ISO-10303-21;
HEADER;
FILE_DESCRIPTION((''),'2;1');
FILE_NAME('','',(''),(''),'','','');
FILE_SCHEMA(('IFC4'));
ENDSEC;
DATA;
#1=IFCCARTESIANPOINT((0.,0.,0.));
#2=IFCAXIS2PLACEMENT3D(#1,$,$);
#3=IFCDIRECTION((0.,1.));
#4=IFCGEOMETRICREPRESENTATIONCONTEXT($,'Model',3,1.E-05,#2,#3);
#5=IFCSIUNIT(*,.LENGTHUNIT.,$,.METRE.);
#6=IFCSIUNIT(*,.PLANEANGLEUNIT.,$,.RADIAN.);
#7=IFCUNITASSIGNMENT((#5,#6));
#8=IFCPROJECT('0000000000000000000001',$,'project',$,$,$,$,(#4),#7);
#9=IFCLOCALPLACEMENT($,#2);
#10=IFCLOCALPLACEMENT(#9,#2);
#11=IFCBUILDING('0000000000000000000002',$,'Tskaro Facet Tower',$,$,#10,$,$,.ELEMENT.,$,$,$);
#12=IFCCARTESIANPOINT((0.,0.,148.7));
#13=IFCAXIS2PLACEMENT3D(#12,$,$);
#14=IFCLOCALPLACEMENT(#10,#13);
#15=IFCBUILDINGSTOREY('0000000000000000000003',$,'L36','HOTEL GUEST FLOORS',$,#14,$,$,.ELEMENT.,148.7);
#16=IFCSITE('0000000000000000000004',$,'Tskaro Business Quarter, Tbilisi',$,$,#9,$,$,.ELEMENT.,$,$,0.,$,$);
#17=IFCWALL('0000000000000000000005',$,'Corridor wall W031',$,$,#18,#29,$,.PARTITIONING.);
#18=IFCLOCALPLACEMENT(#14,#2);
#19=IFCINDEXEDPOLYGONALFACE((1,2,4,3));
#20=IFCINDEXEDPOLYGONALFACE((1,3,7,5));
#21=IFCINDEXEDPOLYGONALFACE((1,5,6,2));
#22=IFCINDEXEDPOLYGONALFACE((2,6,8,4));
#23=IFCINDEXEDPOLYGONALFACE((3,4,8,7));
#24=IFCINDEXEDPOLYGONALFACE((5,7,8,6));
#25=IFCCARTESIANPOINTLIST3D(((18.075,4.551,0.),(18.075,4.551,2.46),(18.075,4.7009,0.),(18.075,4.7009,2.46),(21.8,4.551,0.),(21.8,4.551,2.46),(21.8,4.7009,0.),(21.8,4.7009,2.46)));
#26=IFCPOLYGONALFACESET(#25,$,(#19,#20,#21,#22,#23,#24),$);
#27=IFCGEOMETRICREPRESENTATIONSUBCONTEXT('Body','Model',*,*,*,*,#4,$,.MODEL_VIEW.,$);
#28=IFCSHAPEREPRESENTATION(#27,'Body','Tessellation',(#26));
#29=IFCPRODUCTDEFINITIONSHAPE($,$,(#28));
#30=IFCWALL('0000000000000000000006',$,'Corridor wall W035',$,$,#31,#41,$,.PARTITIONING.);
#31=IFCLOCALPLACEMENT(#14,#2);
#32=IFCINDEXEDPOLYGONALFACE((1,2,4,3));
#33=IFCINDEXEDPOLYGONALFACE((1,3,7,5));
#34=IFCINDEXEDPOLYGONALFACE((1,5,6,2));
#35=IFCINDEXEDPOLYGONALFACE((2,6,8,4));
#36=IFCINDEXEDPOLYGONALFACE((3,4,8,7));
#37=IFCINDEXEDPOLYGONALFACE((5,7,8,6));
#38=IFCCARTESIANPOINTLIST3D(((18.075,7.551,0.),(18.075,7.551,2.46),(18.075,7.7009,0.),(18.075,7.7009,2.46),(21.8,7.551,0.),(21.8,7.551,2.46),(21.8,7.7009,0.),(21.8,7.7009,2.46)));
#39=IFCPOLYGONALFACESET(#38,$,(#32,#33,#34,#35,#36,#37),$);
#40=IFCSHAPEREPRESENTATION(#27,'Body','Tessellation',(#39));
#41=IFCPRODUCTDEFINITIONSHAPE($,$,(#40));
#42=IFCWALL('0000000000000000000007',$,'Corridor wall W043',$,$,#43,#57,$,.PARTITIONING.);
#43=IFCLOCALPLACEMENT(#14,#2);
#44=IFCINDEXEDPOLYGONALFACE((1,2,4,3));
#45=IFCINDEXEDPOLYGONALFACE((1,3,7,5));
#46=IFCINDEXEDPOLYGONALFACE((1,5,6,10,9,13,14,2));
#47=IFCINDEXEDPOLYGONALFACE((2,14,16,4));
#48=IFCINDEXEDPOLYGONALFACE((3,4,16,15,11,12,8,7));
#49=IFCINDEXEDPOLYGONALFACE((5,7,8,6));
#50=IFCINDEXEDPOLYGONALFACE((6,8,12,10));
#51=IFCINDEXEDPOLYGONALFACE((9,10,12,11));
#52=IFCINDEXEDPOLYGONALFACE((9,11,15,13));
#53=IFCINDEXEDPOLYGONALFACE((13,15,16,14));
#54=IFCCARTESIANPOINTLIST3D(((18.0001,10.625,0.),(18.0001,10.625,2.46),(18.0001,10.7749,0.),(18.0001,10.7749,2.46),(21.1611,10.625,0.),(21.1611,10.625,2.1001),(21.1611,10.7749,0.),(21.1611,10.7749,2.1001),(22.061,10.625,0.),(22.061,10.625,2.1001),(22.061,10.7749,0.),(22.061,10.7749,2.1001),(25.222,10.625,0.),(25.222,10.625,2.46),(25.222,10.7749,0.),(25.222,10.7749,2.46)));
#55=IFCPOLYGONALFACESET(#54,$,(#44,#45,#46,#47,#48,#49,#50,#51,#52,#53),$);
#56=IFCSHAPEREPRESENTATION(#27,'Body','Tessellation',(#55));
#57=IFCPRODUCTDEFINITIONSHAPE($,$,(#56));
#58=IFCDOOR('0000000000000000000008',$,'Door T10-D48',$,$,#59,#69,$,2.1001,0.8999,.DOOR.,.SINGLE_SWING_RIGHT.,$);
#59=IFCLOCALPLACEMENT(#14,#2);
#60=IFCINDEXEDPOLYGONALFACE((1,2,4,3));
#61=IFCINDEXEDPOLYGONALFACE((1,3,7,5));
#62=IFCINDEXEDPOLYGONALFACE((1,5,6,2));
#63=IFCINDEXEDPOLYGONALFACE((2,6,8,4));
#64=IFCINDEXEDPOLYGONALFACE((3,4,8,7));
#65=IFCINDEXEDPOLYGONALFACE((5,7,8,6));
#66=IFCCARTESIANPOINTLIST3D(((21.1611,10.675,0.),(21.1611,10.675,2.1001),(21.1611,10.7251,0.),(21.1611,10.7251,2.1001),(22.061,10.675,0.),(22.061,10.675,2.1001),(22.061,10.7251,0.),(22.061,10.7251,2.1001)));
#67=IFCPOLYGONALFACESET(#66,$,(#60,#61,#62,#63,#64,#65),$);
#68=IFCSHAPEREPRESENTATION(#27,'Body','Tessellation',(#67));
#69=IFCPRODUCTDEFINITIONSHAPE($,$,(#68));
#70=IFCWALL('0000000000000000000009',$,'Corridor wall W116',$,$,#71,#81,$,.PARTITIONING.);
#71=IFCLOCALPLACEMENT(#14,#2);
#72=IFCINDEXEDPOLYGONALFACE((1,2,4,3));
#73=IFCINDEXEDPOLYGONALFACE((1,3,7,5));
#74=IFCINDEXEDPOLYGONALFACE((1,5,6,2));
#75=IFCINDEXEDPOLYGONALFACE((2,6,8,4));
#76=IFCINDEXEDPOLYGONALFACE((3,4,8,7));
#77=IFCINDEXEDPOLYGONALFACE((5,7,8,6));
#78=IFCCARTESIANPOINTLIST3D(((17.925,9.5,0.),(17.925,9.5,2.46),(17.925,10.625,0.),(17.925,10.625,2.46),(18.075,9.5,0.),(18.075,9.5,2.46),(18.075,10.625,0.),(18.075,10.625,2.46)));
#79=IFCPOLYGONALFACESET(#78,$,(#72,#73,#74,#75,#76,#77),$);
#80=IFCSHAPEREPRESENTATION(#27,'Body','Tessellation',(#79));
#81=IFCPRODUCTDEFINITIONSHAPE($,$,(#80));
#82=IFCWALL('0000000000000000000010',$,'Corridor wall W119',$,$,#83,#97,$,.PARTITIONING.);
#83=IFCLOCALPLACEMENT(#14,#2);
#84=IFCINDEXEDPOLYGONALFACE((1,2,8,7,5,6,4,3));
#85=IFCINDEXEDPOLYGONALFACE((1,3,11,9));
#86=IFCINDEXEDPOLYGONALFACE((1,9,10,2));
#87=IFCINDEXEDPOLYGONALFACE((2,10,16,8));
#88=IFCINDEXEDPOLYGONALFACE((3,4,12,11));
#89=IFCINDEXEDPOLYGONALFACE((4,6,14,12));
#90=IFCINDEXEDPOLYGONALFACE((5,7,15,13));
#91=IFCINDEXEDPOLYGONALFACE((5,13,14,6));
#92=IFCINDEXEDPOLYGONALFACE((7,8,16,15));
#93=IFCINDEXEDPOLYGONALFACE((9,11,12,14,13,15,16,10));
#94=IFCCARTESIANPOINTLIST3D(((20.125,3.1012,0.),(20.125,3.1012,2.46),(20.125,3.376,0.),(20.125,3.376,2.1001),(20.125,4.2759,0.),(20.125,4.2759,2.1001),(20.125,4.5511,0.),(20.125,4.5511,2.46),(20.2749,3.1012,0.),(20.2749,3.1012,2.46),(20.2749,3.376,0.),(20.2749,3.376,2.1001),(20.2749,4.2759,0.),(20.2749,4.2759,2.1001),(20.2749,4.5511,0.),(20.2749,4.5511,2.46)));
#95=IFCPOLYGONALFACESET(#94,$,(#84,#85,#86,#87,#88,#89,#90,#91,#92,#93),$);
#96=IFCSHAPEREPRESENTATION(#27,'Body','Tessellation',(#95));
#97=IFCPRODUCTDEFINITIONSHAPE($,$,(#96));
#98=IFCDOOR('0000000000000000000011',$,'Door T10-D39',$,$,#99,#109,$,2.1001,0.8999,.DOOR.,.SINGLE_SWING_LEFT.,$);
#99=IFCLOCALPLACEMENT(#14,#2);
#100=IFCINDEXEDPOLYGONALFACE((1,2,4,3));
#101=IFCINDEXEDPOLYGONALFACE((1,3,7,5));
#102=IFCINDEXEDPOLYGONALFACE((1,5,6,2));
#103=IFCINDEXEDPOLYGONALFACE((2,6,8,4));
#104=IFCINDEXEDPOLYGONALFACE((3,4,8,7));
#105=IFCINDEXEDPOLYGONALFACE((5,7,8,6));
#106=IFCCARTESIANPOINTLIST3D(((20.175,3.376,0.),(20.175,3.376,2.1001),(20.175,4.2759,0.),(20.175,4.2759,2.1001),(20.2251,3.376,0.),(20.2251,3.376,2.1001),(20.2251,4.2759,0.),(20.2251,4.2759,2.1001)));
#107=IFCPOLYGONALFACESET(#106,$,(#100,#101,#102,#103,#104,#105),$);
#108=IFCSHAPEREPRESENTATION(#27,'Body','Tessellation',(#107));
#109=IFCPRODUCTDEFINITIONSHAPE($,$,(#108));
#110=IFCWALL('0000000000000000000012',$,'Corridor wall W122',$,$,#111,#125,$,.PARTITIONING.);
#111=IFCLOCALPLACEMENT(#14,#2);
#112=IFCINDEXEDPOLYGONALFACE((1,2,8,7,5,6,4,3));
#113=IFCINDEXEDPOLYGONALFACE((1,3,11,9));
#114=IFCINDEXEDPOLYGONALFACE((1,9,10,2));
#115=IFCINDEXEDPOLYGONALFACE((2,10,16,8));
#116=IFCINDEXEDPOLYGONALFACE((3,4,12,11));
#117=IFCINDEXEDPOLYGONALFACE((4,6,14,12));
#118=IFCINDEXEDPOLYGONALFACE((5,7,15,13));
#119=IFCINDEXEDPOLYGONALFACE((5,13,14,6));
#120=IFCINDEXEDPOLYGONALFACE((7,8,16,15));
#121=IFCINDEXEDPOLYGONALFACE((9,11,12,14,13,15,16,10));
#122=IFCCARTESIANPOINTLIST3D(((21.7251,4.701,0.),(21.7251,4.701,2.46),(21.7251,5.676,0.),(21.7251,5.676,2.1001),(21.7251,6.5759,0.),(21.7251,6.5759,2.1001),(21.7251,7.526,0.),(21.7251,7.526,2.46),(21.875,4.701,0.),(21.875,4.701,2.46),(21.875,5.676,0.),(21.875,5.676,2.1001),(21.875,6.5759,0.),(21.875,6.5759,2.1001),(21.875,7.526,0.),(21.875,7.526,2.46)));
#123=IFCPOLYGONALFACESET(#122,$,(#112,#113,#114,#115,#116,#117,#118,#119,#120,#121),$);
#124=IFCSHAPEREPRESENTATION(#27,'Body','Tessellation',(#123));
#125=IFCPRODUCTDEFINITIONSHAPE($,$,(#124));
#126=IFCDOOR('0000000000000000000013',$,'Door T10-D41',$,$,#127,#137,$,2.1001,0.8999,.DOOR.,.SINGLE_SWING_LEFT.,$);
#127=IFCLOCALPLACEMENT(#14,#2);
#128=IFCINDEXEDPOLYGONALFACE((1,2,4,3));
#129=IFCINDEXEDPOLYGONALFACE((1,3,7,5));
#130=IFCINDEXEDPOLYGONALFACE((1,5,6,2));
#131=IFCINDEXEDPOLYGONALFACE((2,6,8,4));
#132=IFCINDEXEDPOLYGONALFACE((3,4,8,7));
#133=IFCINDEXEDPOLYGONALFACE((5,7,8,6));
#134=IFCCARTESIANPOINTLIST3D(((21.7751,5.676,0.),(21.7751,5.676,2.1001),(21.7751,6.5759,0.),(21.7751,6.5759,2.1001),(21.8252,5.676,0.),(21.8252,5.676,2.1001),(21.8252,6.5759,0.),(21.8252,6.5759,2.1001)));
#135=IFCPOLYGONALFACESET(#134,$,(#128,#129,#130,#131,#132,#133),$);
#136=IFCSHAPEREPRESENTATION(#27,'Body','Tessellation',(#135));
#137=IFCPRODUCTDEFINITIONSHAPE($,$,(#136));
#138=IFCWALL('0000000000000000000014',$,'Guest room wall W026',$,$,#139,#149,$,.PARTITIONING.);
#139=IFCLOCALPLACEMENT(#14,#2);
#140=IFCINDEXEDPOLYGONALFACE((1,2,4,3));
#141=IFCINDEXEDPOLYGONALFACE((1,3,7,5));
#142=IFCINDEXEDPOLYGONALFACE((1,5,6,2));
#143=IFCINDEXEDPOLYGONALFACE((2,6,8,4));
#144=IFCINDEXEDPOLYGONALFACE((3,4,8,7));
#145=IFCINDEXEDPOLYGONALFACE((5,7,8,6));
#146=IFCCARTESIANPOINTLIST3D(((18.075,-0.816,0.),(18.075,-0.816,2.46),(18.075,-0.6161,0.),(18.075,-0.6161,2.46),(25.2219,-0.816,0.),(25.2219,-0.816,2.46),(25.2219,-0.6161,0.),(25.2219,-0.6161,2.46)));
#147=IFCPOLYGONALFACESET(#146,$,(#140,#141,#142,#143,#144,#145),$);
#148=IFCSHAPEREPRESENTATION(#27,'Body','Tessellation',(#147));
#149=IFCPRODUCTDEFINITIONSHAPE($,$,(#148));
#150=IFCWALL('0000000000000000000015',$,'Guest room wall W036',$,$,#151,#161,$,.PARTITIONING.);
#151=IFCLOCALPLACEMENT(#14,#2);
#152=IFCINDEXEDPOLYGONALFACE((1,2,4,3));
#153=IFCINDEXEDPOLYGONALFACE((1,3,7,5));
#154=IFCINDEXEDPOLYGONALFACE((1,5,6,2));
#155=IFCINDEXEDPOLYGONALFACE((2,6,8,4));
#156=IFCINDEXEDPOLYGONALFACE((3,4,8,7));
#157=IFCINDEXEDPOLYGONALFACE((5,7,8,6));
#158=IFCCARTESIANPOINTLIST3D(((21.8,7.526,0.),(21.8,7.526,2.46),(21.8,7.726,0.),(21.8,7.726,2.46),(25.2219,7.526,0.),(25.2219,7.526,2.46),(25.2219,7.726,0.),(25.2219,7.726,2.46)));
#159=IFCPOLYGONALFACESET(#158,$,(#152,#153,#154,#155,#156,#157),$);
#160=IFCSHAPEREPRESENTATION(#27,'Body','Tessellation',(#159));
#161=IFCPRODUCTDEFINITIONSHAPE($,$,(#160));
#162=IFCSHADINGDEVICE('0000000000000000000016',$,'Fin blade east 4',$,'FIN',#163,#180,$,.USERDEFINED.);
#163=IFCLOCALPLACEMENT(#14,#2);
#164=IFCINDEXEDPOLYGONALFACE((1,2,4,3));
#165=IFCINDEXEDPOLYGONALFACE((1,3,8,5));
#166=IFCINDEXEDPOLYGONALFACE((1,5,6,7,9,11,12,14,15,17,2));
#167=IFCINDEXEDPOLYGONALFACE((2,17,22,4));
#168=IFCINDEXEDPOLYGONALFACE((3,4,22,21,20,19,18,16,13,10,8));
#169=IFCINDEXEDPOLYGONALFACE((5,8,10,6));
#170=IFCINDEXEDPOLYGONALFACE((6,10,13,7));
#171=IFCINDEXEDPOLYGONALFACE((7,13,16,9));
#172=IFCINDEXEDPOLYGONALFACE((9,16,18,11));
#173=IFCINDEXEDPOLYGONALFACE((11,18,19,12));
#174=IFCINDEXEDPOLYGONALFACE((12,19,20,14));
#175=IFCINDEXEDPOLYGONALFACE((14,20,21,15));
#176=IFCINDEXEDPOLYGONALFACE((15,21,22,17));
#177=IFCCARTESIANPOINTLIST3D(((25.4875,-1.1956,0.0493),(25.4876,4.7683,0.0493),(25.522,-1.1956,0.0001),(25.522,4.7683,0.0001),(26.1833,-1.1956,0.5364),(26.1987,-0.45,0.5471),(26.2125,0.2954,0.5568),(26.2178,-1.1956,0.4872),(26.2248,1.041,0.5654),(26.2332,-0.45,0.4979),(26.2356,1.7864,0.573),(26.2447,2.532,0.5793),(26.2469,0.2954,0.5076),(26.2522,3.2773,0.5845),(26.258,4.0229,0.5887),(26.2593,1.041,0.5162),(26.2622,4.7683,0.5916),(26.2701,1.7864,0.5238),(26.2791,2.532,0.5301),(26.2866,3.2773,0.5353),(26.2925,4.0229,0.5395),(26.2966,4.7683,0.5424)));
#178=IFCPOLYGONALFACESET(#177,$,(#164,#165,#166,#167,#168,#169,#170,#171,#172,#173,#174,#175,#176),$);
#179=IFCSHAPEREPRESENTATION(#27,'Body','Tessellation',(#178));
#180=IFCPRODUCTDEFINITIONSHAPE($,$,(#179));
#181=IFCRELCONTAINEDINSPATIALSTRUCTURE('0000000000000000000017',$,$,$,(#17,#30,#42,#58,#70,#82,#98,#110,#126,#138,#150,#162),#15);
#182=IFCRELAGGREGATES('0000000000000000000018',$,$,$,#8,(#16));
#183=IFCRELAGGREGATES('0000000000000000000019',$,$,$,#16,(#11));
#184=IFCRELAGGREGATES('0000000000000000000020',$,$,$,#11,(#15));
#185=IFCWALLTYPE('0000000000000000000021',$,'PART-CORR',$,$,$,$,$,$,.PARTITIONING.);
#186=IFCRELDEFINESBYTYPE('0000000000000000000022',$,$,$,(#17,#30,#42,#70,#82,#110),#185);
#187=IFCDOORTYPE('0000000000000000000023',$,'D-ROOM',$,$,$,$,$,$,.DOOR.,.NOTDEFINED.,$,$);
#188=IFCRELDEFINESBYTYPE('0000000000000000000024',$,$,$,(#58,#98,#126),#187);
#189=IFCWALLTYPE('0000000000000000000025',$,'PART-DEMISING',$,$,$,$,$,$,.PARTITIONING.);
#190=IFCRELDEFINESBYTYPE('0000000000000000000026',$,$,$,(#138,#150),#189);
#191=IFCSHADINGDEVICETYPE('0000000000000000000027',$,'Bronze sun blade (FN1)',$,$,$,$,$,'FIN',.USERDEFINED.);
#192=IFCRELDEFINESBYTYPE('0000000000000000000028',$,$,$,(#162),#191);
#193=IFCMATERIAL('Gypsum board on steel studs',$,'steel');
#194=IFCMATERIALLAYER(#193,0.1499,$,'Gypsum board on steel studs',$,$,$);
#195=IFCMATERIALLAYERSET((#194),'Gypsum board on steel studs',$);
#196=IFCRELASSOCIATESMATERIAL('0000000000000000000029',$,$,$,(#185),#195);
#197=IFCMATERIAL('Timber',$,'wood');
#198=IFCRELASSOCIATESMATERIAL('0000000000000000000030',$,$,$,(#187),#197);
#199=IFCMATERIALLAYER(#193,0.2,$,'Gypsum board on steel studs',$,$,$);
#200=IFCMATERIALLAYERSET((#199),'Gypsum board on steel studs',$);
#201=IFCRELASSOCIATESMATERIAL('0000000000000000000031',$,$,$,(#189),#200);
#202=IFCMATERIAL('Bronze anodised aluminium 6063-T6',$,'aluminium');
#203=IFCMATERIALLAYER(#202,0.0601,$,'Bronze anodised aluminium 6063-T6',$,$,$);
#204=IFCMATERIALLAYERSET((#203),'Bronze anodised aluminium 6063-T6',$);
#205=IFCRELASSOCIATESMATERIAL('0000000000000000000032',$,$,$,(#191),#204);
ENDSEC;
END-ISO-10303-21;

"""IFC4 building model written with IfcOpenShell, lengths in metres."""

from ifc_helpers import new_model, si_unit, direction, frame, frame_2d, origin, place, context, subcontext, project, spatial, polyline, rectangle, outline, extrude, material, layer, layer_set, type_object, element, fill, save


model = new_model("IFC4")

# Units and contexts
model_context = context("Model", 3, precision=1e-05, world=origin(), true_north=direction((0.0, 1.0)))
body_context = subcontext(model_context, "Body", "Model", "MODEL_VIEW")
ifc_project = project(units=[si_unit("LENGTHUNIT", "METRE"), si_unit("PLANEANGLEUNIT", "RADIAN")], contexts=[model_context])

# Site, building, storey
site_placement = place(None, origin())
site = spatial("IfcSite", under=ifc_project, at=site_placement, Name="Tskaro Business Quarter, Tbilisi", CompositionType="ELEMENT", RefElevation=0.0)
building_placement = place(site_placement, origin())
building = spatial("IfcBuilding", under=site, at=building_placement, Name="Tskaro Facet Tower", CompositionType="ELEMENT")
storey_placement = place(building_placement, frame((0.0, 0.0, 148.7)))
storey = spatial("IfcBuildingStorey", under=building, at=storey_placement, Name="L36", Description="HOTEL GUEST FLOORS", CompositionType="ELEMENT", Elevation=148.7)

# Shared definitions
ifc_material_1 = material(Name="Bronze anodised aluminium 6063-T6", Category="aluminium")

# Walls
ifc_material_2 = material(Name="Gypsum board on steel studs", Category="steel")
ifc_layer_1 = layer(ifc_material_2, 0.1499, Name="Gypsum board on steel studs")
ifc_layer_set_1 = layer_set([ifc_layer_1], Name="Gypsum board on steel studs")
wall_type_1 = type_object("IfcWallType", Name="PART-CORR", PredefinedType="PARTITIONING", material=ifc_layer_set_1)
for number, where, z_axis, x_axis, name in (
    (1, (18.075, 4.626, 0.0), (0.0, 0.0, 1.0), (1.0, 0.0, 0.0), "Corridor wall W031"),
    (2, (18.075, 7.626, 0.0), (0.0, 0.0, 1.0), (1.0, 0.0, 0.0), "Corridor wall W035"),
):
    element("IfcWall", number, at=place(storey_placement, frame(where, z_axis=z_axis, x_axis=x_axis)), inside=storey, type_object=wall_type_1, Name=name, PredefinedType="PARTITIONING", context=body_context, shape_type="SweptSolid", body=[
        extrude(rectangle(XDim=3.7251, YDim=0.1499, at=frame_2d((1.8625, 0.0))), origin(), (0.0, 0.0, 1.0), 2.46),
    ])

# Wall, opening, door
wall_1_placement = place(storey_placement, frame((25.2219, 10.7, 0.0), z_axis=(0.0, 0.0, 1.0), x_axis=(-1.0, 0.0, 0.0)))
wall_1 = element("IfcWall", 3, at=wall_1_placement, inside=storey, type_object=wall_type_1, Name="Corridor wall W043", PredefinedType="PARTITIONING", context=body_context, shape_type="SweptSolid", body=[
    extrude(rectangle(XDim=7.2219, YDim=0.1499, at=frame_2d((3.6108, 0.0))), origin(), (0.0, 0.0, 1.0), 2.46),
])
opening_1_placement = place(wall_1_placement, frame((3.1609, 0.0, 0.0)))
opening_1 = element("IfcOpeningElement", 4, at=opening_1_placement, cuts=wall_1, PredefinedType="OPENING", context=body_context, shape_type="SweptSolid", body=[
    extrude(rectangle(XDim=0.8999, YDim=2.1001, at=frame_2d((0.45, 1.05))), frame((0.0, 0.085, 0.0), z_axis=(0.0, -1.0, 0.0), x_axis=(1.0, 0.0, 0.0)), (0.0, 0.0, 1.0), 0.1699),
])
ifc_material_3 = material(Name="Timber", Category="wood")
door_type = type_object("IfcDoorType", Name="D-ROOM", OperationType="NOTDEFINED", PredefinedType="DOOR", material=ifc_material_3)
door_1_placement = place(opening_1_placement, origin())
door_1 = element("IfcDoor", 5, at=door_1_placement, inside=storey, type_object=door_type, Name="Door T10-D48", OperationType="SINGLE_SWING_RIGHT", OverallHeight=2.1001, OverallWidth=0.8999, PredefinedType="DOOR", context=body_context, shape_type="SweptSolid", body=[
    extrude(rectangle(XDim=0.8999, YDim=2.1001, at=frame_2d((0.45, 1.05))), frame((0.0, 0.0249, 0.0), z_axis=(0.0, -1.0, 0.0), x_axis=(1.0, 0.0, 0.0)), (0.0, 0.0, 1.0), 0.05),
])
fill(opening_1, door_1)

# Wall
wall_2_placement = place(storey_placement, frame((18.0, 9.5, 0.0), z_axis=(0.0, 0.0, 1.0), x_axis=(0.0, 1.0, 0.0)))
element("IfcWall", 6, at=wall_2_placement, inside=storey, type_object=wall_type_1, Name="Corridor wall W116", PredefinedType="PARTITIONING", context=body_context, shape_type="SweptSolid", body=[
    extrude(rectangle(XDim=1.125, YDim=0.1499, at=frame_2d((0.5625, 0.0))), origin(), (0.0, 0.0, 1.0), 2.46),
])

# Walls, openings, doors
wall_3_placement = place(storey_placement, frame((20.2, 3.1011, 0.0), z_axis=(0.0, 0.0, 1.0), x_axis=(0.0, 1.0, 0.0)))
wall_3 = element("IfcWall", 7, at=wall_3_placement, inside=storey, type_object=wall_type_1, Name="Corridor wall W119", PredefinedType="PARTITIONING", context=body_context, shape_type="SweptSolid", body=[
    extrude(rectangle(XDim=1.45, YDim=0.1499, at=frame_2d((0.7251, 0.0))), origin(), (0.0, 0.0, 1.0), 2.46),
])
opening_2_placement = place(wall_3_placement, frame((0.2749, 0.0, 0.0)))
opening_2 = element("IfcOpeningElement", 8, at=opening_2_placement, cuts=wall_3, PredefinedType="OPENING", context=body_context, shape_type="SweptSolid", body=[
    extrude(rectangle(XDim=0.8999, YDim=2.1001, at=frame_2d((0.45, 1.05))), frame((0.0, 0.085, 0.0), z_axis=(0.0, -1.0, 0.0), x_axis=(1.0, 0.0, 0.0)), (0.0, 0.0, 1.0), 0.1699),
])
door_2_placement = place(opening_2_placement, origin())
door_2 = element("IfcDoor", 9, at=door_2_placement, inside=storey, type_object=door_type, Name="Door T10-D39", OperationType="SINGLE_SWING_LEFT", OverallHeight=2.1001, OverallWidth=0.8999, PredefinedType="DOOR", context=body_context, shape_type="SweptSolid", body=[
    extrude(rectangle(XDim=0.8999, YDim=2.1001, at=frame_2d((0.45, 1.05))), frame((0.0, 0.0249, 0.0), z_axis=(0.0, -1.0, 0.0), x_axis=(1.0, 0.0, 0.0)), (0.0, 0.0, 1.0), 0.05),
])
fill(opening_2, door_2)
wall_4_placement = place(storey_placement, frame((21.8, 4.7009, 0.0), z_axis=(0.0, 0.0, 1.0), x_axis=(0.0, 1.0, 0.0)))
wall_4 = element("IfcWall", 10, at=wall_4_placement, inside=storey, type_object=wall_type_1, Name="Corridor wall W122", PredefinedType="PARTITIONING", context=body_context, shape_type="SweptSolid", body=[
    extrude(rectangle(XDim=2.825, YDim=0.1499, at=frame_2d((1.4126, 0.0))), origin(), (0.0, 0.0, 1.0), 2.46),
])
opening_3_placement = place(wall_4_placement, frame((0.9751, 0.0, 0.0)))
opening_3 = element("IfcOpeningElement", 11, at=opening_3_placement, cuts=wall_4, PredefinedType="OPENING", context=body_context, shape_type="SweptSolid", body=[
    extrude(rectangle(XDim=0.8999, YDim=2.1001, at=frame_2d((0.45, 1.05))), frame((0.0, 0.085, 0.0), z_axis=(0.0, -1.0, 0.0), x_axis=(1.0, 0.0, 0.0)), (0.0, 0.0, 1.0), 0.1699),
])
door_3_placement = place(opening_3_placement, origin())
door_3 = element("IfcDoor", 12, at=door_3_placement, inside=storey, type_object=door_type, Name="Door T10-D41", OperationType="SINGLE_SWING_LEFT", OverallHeight=2.1001, OverallWidth=0.8999, PredefinedType="DOOR", context=body_context, shape_type="SweptSolid", body=[
    extrude(rectangle(XDim=0.8999, YDim=2.1001, at=frame_2d((0.45, 1.05))), frame((0.0, 0.0249, 0.0), z_axis=(0.0, -1.0, 0.0), x_axis=(1.0, 0.0, 0.0)), (0.0, 0.0, 1.0), 0.05),
])
fill(opening_3, door_3)

# Walls
ifc_layer_2 = layer(ifc_material_2, 0.2, Name="Gypsum board on steel studs")
ifc_layer_set_2 = layer_set([ifc_layer_2], Name="Gypsum board on steel studs")
wall_type_2 = type_object("IfcWallType", Name="PART-DEMISING", PredefinedType="PARTITIONING", material=ifc_layer_set_2)
wall_5_placement = place(storey_placement, frame((18.075, -0.7161, 0.0), z_axis=(0.0, 0.0, 1.0), x_axis=(1.0, 0.0, 0.0)))
element("IfcWall", 13, at=wall_5_placement, inside=storey, type_object=wall_type_2, Name="Guest room wall W026", PredefinedType="PARTITIONING", context=body_context, shape_type="SweptSolid", body=[
    extrude(rectangle(XDim=7.147, YDim=0.2, at=frame_2d((3.5735, 0.0))), origin(), (0.0, 0.0, 1.0), 2.46),
])
wall_6_placement = place(storey_placement, frame((21.8, 7.626, 0.0), z_axis=(0.0, 0.0, 1.0), x_axis=(1.0, 0.0, 0.0)))
element("IfcWall", 14, at=wall_6_placement, inside=storey, type_object=wall_type_2, Name="Guest room wall W036", PredefinedType="PARTITIONING", context=body_context, shape_type="SweptSolid", body=[
    extrude(rectangle(XDim=3.4219, YDim=0.2, at=frame_2d((1.7109, 0.0))), origin(), (0.0, 0.0, 1.0), 2.46),
])

# Shading device
ifc_layer_3 = layer(ifc_material_1, 0.0601, Name="Bronze anodised aluminium 6063-T6")
ifc_layer_set_3 = layer_set([ifc_layer_3], Name="Bronze anodised aluminium 6063-T6")
shading_device_type = type_object("IfcShadingDeviceType", Name="Bronze sun blade (FN1)", ElementType="FIN", PredefinedType="USERDEFINED", material=ifc_layer_set_3)
shading_device_1_placement = place(storey_placement, frame((25.4875, -1.1956, 0.0493), z_axis=(-0.573472, 0.000002, 0.819225), x_axis=(0.000001, 1.0, -0.000002)))
element("IfcShadingDevice", 15, at=shading_device_1_placement, inside=storey, type_object=shading_device_type, Name="Fin blade east 4", ObjectType="FIN", PredefinedType="USERDEFINED", context=body_context, shape_type="SweptSolid", body=[
    extrude(outline(polyline([(0.0, 0.0), (5.9639, 0.0), (5.9639, -0.9456), (5.2185, -0.9405), (4.4729, -0.9333), (3.7275, -0.9242), (2.9819, -0.9131), (2.2366, -0.9), (1.491, -0.8849), (0.7456, -0.8681), (0.0, -0.8493), (0.0, 0.0)])), origin(), (0.0, 0.0, -1.0), 0.0601),
])

save(model, "model.ifc")
